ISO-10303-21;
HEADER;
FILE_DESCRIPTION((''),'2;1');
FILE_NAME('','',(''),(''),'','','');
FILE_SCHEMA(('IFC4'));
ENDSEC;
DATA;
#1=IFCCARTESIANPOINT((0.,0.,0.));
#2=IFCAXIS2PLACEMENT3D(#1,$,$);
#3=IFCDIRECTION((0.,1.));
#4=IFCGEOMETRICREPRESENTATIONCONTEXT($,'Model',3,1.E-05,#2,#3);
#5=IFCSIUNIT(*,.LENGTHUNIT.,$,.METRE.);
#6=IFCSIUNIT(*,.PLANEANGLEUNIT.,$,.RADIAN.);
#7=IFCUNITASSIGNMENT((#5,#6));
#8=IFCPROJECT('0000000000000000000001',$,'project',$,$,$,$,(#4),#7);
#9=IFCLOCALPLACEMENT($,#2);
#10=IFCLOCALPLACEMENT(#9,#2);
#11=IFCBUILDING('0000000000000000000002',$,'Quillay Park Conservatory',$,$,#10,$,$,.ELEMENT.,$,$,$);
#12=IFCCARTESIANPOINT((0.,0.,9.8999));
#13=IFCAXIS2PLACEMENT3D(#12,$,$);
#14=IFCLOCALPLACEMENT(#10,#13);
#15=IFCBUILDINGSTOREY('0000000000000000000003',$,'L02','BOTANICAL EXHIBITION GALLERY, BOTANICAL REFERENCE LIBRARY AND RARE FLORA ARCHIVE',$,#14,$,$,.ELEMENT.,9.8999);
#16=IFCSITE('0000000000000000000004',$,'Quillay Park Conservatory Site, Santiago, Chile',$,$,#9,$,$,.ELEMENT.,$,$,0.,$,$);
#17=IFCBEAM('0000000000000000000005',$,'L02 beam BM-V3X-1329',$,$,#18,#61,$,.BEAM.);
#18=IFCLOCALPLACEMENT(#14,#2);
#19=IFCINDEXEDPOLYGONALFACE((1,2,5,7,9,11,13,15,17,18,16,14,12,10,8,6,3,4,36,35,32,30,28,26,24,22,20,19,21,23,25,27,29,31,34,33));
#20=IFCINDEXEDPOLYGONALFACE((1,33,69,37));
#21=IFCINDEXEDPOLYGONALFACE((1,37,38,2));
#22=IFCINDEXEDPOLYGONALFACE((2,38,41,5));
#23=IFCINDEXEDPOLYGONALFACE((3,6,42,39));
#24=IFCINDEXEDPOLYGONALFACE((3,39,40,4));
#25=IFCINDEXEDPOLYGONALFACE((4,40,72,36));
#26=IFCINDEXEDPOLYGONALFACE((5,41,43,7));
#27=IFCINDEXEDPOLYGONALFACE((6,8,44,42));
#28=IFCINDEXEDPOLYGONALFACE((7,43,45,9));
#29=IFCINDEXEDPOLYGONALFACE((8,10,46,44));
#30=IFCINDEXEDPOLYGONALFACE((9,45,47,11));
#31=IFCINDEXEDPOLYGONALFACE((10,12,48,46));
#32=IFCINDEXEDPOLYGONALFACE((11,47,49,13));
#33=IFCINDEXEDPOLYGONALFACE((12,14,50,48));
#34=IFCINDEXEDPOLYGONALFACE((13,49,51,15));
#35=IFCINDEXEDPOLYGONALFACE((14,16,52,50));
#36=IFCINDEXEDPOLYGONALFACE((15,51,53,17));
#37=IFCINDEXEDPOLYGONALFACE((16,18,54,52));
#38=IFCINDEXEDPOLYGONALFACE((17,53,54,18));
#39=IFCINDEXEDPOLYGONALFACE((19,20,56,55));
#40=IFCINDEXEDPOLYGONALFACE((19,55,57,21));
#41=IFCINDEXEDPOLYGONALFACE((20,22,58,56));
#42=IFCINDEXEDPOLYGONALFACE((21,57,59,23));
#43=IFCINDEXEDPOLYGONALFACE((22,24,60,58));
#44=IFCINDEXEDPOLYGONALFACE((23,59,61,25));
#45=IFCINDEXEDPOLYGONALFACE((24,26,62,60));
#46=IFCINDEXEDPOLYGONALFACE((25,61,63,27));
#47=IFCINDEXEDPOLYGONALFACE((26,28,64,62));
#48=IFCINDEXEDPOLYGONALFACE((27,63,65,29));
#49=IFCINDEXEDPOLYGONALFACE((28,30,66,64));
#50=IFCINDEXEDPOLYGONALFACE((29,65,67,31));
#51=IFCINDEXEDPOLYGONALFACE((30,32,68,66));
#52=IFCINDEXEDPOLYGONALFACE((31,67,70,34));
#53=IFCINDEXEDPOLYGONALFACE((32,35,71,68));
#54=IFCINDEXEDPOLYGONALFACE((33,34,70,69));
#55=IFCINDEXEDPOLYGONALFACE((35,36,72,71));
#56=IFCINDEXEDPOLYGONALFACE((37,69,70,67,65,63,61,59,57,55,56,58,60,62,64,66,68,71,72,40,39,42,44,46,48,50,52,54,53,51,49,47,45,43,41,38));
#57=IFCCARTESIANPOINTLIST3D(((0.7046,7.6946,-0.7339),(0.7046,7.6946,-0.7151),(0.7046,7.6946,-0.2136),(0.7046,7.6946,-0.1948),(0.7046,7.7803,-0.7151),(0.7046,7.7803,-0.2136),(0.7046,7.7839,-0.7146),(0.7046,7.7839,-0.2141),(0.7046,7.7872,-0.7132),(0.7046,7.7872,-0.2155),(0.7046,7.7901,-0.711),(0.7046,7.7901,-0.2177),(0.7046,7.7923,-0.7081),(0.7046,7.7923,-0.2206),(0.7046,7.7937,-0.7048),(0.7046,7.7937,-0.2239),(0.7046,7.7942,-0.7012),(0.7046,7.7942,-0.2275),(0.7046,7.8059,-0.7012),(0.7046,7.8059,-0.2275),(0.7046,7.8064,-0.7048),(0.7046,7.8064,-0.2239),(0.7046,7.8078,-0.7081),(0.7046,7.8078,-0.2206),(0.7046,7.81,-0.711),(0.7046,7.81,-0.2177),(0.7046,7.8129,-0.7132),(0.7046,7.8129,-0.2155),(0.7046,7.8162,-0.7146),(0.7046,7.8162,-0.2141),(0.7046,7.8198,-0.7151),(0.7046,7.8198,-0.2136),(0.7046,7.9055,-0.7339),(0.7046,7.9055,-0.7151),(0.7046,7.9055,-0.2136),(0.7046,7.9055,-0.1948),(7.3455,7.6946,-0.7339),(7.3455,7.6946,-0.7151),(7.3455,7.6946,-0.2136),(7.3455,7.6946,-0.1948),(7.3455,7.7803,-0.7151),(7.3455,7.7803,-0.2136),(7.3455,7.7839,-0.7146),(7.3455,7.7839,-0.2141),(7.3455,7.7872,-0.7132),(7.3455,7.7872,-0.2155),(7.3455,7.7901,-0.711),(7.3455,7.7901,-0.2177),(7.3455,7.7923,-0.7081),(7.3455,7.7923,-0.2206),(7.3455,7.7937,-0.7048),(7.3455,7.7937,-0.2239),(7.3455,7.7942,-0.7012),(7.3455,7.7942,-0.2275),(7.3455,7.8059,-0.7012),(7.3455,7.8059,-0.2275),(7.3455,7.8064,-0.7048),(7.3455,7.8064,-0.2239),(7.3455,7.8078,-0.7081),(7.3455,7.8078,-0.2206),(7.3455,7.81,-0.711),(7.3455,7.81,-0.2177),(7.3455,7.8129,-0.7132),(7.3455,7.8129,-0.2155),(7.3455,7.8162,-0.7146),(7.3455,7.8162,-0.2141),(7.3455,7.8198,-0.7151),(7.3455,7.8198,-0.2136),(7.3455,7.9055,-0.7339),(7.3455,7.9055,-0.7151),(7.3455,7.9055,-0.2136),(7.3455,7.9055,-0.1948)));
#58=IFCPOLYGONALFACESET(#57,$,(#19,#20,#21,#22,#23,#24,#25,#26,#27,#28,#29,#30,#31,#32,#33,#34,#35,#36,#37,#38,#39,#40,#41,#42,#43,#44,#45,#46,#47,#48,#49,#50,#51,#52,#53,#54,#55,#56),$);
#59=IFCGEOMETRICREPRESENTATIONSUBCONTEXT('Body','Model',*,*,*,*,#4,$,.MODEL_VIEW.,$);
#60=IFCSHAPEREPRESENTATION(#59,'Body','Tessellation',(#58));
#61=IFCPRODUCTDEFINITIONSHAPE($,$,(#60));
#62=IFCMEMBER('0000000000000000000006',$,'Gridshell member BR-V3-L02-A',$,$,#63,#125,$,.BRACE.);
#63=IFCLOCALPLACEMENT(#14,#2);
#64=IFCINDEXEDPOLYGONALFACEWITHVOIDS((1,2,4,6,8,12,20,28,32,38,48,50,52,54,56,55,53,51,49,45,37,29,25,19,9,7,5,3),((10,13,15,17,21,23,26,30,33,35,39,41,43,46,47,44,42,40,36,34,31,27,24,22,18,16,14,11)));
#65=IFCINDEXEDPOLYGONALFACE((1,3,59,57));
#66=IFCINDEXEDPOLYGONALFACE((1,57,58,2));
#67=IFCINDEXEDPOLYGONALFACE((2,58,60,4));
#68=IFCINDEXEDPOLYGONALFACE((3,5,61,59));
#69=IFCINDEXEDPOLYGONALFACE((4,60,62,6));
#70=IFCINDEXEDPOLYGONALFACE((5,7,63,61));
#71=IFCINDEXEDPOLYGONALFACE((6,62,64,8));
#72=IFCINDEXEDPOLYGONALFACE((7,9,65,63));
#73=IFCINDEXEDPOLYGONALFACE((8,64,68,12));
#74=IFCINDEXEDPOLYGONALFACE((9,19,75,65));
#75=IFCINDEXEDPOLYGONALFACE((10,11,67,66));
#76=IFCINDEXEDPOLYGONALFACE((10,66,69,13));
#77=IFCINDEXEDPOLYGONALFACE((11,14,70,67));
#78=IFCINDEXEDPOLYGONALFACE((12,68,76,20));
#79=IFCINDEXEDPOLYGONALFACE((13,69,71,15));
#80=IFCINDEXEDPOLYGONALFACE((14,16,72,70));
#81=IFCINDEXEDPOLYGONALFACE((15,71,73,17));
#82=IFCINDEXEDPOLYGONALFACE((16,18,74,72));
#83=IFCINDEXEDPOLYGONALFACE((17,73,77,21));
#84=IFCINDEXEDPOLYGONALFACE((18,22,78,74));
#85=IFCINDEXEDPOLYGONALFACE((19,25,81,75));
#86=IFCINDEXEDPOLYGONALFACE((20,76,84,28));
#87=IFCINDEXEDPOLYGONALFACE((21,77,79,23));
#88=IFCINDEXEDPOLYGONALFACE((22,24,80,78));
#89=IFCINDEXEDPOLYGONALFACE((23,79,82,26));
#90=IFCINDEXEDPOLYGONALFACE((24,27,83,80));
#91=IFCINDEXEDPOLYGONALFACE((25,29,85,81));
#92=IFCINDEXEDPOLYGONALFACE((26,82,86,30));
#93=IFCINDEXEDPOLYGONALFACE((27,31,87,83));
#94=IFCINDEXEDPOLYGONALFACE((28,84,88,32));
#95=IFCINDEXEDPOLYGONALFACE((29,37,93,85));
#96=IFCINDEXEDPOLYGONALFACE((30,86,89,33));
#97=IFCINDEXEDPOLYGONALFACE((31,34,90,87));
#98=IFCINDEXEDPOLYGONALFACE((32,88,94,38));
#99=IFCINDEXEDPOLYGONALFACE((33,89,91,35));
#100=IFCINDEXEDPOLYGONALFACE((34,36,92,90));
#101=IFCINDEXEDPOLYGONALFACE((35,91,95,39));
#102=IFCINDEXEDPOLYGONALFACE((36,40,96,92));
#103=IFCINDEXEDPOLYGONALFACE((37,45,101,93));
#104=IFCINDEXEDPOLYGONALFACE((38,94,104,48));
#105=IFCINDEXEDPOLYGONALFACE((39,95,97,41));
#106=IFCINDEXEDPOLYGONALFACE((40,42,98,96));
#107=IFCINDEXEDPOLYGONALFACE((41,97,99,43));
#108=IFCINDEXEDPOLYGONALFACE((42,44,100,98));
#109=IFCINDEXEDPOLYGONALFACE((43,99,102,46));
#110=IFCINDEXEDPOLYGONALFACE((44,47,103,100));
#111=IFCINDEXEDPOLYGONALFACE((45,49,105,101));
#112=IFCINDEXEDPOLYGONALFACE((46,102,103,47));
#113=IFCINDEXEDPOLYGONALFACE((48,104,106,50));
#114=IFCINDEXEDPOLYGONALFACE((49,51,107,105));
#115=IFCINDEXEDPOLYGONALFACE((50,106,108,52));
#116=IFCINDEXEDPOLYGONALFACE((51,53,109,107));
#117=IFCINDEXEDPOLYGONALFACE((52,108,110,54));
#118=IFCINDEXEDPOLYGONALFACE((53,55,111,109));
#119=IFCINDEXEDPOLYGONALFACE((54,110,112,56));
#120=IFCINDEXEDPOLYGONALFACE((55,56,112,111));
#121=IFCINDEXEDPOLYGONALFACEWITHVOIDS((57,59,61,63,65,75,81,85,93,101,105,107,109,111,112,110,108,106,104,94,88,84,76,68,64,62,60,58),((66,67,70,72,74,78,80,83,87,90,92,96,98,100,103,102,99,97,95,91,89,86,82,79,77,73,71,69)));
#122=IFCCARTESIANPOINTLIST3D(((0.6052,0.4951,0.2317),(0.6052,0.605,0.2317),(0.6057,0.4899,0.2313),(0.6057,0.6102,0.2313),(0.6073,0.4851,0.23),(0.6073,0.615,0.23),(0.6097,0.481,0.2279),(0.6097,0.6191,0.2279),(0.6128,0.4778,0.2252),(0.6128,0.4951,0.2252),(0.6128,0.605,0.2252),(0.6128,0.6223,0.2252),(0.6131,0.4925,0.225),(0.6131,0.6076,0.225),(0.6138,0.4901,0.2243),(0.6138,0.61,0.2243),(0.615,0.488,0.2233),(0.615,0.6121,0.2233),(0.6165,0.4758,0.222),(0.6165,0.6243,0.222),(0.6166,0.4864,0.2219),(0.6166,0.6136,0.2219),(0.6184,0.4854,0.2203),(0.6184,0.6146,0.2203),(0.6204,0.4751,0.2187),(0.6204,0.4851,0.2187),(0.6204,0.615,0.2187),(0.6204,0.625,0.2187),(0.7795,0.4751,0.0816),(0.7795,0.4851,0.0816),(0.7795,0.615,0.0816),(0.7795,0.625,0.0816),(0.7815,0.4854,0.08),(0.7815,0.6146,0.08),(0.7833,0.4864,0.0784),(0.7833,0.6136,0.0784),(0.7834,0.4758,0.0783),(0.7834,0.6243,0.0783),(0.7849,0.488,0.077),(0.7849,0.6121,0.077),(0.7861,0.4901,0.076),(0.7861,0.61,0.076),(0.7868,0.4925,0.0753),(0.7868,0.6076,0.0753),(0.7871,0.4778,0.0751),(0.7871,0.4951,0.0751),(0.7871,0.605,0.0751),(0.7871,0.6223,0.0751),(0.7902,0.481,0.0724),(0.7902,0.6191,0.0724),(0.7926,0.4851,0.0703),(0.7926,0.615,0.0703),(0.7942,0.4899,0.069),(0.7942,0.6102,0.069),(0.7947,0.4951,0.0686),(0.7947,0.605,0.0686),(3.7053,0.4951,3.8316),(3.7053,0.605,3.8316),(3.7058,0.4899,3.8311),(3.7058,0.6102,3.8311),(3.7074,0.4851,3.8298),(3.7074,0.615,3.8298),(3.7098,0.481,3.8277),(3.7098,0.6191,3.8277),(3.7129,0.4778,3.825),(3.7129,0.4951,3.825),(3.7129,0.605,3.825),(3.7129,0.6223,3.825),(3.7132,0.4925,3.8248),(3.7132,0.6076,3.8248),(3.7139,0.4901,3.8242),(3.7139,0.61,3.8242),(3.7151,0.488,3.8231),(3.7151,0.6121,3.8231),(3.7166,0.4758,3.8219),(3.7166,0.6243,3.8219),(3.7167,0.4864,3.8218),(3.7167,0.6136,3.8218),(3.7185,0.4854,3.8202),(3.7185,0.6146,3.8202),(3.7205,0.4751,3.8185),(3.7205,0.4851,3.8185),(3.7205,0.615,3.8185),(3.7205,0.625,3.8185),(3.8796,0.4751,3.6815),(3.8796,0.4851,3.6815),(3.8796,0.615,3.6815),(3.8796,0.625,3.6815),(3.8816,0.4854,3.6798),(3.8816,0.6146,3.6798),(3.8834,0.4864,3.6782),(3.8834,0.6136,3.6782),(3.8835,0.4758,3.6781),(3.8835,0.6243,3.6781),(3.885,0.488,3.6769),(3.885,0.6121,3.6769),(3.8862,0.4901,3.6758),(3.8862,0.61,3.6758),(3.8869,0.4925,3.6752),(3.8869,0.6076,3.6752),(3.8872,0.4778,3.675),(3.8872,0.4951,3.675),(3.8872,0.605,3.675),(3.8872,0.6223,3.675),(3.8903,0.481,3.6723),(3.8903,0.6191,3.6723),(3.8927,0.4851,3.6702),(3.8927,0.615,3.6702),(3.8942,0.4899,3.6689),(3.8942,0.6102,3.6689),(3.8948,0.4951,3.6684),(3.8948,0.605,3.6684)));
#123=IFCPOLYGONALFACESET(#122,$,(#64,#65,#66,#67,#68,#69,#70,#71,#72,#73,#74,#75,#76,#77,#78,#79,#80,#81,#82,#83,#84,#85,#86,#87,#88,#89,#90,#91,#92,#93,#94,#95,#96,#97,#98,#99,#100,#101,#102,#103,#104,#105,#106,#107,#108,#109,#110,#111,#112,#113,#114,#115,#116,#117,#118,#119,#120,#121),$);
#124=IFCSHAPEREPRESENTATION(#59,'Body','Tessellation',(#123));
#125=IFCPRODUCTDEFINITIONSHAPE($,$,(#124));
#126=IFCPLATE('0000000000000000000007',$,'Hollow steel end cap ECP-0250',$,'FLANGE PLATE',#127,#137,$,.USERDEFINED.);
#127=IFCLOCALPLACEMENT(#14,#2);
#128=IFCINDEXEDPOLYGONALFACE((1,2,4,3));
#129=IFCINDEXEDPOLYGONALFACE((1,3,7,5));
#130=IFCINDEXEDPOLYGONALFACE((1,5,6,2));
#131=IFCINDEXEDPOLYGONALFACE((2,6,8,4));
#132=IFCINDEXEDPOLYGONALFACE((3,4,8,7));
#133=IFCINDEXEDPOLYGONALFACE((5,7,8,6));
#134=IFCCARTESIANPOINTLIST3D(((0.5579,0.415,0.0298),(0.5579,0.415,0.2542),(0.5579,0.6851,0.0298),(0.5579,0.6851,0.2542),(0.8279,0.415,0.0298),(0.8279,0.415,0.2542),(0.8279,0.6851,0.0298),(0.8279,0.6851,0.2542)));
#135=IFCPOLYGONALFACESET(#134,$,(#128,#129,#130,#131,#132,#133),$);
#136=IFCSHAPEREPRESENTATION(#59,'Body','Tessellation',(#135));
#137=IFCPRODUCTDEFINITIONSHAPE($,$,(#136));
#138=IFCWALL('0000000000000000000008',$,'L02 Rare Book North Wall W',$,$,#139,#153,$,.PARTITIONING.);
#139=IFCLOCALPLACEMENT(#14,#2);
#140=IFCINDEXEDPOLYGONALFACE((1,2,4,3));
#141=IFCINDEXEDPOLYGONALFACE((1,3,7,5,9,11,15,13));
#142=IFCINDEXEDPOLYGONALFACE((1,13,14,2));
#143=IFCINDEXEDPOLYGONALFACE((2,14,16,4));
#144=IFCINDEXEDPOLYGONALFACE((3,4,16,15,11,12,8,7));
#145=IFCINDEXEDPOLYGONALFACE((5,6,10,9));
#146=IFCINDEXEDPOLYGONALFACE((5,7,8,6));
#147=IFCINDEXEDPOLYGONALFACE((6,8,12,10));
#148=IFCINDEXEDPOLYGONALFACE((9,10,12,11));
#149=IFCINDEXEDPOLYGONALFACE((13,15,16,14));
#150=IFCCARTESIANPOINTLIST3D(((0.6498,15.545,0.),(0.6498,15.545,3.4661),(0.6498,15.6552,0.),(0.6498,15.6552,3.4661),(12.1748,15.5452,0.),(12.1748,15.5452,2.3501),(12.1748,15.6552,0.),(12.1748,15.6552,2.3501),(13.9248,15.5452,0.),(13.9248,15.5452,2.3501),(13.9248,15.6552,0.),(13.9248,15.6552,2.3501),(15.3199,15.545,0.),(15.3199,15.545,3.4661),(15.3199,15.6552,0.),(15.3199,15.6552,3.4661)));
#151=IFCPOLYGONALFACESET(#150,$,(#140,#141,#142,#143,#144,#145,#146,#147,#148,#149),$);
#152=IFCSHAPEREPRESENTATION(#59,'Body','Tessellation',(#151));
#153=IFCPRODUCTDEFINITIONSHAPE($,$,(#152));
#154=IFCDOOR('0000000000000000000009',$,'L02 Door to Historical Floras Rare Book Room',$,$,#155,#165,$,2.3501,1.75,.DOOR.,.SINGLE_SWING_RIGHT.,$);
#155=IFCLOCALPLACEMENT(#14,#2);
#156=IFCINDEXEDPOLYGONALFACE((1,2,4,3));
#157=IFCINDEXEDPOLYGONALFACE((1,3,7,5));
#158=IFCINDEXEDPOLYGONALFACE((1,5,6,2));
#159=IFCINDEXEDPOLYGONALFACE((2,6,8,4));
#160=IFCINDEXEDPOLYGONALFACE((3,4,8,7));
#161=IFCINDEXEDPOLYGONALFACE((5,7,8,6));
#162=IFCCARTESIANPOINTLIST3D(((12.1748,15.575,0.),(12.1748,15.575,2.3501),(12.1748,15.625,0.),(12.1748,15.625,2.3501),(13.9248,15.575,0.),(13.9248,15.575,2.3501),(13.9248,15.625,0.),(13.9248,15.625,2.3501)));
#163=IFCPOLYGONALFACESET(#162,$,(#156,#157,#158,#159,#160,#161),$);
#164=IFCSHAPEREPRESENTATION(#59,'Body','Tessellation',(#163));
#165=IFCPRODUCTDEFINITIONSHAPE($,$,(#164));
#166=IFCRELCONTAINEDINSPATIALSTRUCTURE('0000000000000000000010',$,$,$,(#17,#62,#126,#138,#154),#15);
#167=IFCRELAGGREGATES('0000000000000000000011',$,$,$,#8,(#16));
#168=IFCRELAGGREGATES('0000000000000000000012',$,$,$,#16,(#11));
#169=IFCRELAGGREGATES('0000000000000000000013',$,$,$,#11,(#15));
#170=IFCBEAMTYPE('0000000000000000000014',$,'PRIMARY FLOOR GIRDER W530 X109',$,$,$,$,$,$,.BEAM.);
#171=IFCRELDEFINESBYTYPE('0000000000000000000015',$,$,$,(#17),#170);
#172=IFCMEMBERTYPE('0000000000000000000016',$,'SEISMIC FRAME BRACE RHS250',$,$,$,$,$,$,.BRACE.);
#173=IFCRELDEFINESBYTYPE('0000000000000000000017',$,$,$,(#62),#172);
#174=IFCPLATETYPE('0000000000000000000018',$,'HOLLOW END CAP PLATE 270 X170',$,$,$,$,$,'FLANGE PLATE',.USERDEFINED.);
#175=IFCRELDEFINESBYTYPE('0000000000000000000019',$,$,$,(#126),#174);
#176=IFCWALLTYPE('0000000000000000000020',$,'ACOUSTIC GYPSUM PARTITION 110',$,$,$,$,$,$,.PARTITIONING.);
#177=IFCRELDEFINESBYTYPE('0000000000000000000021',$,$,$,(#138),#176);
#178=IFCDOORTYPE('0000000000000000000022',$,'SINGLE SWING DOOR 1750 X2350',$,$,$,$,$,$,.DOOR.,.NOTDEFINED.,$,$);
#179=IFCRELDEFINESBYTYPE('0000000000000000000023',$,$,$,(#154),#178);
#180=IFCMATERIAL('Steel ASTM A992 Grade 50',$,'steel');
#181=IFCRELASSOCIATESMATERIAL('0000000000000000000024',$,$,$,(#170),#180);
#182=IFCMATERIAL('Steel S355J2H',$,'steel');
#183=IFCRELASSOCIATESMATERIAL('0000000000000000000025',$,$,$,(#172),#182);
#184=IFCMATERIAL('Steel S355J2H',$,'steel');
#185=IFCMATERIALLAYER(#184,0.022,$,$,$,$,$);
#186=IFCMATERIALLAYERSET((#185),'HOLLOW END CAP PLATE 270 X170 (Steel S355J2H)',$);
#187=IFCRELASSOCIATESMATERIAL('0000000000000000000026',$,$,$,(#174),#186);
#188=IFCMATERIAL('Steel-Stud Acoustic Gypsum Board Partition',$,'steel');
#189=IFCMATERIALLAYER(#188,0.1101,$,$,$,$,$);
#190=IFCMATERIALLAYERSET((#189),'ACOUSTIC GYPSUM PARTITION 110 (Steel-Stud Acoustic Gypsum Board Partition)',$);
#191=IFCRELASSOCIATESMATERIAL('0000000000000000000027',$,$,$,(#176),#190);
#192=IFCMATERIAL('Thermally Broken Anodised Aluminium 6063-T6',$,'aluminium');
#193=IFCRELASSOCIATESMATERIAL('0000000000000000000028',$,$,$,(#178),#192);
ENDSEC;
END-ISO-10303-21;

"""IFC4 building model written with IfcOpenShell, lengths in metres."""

from ifc_helpers import new_model, si_unit, direction, frame, frame_2d, origin, origin_2d, place, context, subcontext, project, spatial, rectangle, hollow_rectangle, i_section, extrude, material, layer, layer_set, material_profile, profile_set, type_object, element, fill, save


model = new_model("IFC4")

# Units and contexts
model_context = context("Model", 3, precision=1e-05, world=origin(), true_north=direction((0.0, 1.0)))
body_context = subcontext(model_context, "Body", "Model", "MODEL_VIEW")
ifc_project = project(units=[si_unit("LENGTHUNIT", "METRE"), si_unit("PLANEANGLEUNIT", "RADIAN")], contexts=[model_context])

# Site, building, storey
site_placement = place(None, origin())
site = spatial("IfcSite", under=ifc_project, at=site_placement, Name="Quillay Park Conservatory Site, Santiago, Chile", CompositionType="ELEMENT", RefElevation=0.0)
building_placement = place(site_placement, origin())
building = spatial("IfcBuilding", under=site, at=building_placement, Name="Quillay Park Conservatory", CompositionType="ELEMENT")
storey_placement = place(building_placement, frame((0.0, 0.0, 9.8999)))
storey = spatial("IfcBuildingStorey", under=building, at=storey_placement, Name="L02", Description="BOTANICAL EXHIBITION GALLERY, BOTANICAL REFERENCE LIBRARY AND RARE FLORA ARCHIVE", CompositionType="ELEMENT", Elevation=9.8999)

# Beam
ifc_material_1 = material(Name="Steel ASTM A992 Grade 50", Category="steel")
ifc_material_profile_1 = material_profile(ifc_material_1, i_section(OverallWidth=0.2109, OverallDepth=0.5391, WebThickness=0.0117, FlangeThickness=0.0188, FilletRadius=0.0139, at=origin_2d()), Name="W530x109")
ifc_profile_set_1 = profile_set([ifc_material_profile_1], Name="Steel ASTM A992 Grade 50")
beam_type_1 = type_object("IfcBeamType", Name="PRIMARY FLOOR GIRDER W530 X109", PredefinedType="BEAM", material=ifc_profile_set_1)
for number, where, z_axis, x_axis, name in (
    (1, (0.7046, 7.8, -0.4644), (1.0, 0.0, 0.0), (0.0, 1.0, 0.0), "L02 beam BM-V3X-1329"),
):
    element("IfcBeam", number, at=place(storey_placement, frame(where, z_axis=z_axis, x_axis=x_axis)), inside=storey, type_object=beam_type_1, Name=name, PredefinedType="BEAM", context=body_context, shape_type="SweptSolid", body=[
        extrude(i_section(OverallWidth=0.2109, OverallDepth=0.5391, WebThickness=0.0117, FlangeThickness=0.0188, FilletRadius=0.0139, at=origin_2d()), origin(), (0.0, 0.0, 1.0), 6.6409),
    ])

# Member
ifc_material_2 = material(Name="Steel S355J2H", Category="steel")
ifc_material_profile_2 = material_profile(ifc_material_2, hollow_rectangle(XDim=0.1499, YDim=0.25, WallThickness=0.01, InnerFilletRadius=0.01, OuterFilletRadius=0.02, at=origin_2d()), Name="RHS250x150x10")
ifc_profile_set_2 = profile_set([ifc_material_profile_2], Name="Steel S355J2H")
member_type = type_object("IfcMemberType", Name="SEISMIC FRAME BRACE RHS250", PredefinedType="BRACE", material=ifc_profile_set_2)
member_placement = place(storey_placement, frame((0.7, 0.55, 0.1501), z_axis=(0.65255, 0.0, 0.757746), x_axis=(0.0, 1.0, 0.0)))
element("IfcMember", 2, at=member_placement, inside=storey, type_object=member_type, Name="Gridshell member BR-V3-L02-A", PredefinedType="BRACE", context=body_context, shape_type="SweptSolid", body=[
    extrude(hollow_rectangle(XDim=0.1499, YDim=0.25, WallThickness=0.01, InnerFilletRadius=0.01, OuterFilletRadius=0.02, at=origin_2d()), origin(), (0.0, 0.0, 1.0), 4.7507),
])

# Plate
ifc_material_3 = material(Name="Steel S355J2H", Category="steel")
ifc_layer_1 = layer(ifc_material_3, 0.022)
ifc_layer_set_1 = layer_set([ifc_layer_1], Name="HOLLOW END CAP PLATE 270 X170 (Steel S355J2H)")
plate_type = type_object("IfcPlateType", Name="HOLLOW END CAP PLATE 270 X170", ElementType="FLANGE PLATE", PredefinedType="USERDEFINED", material=ifc_layer_set_1)
plate_placement = place(storey_placement, frame((0.6929, 0.55, 0.0298), z_axis=(0.0, 0.0, 1.0), x_axis=(1.0, 0.0, 0.0)))
element("IfcPlate", 3, at=plate_placement, inside=storey, type_object=plate_type, Name="Hollow steel end cap ECP-0250", ObjectType="FLANGE PLATE", PredefinedType="USERDEFINED", context=body_context, shape_type="SweptSolid", body=[
    extrude(rectangle(XDim=0.27, YDim=0.27, at=origin_2d()), origin(), (0.0, 0.0, 1.0), 0.2244),
])

# Wall, opening, door
ifc_material_4 = material(Name="Steel-Stud Acoustic Gypsum Board Partition", Category="steel")
ifc_layer_2 = layer(ifc_material_4, 0.1101)
ifc_layer_set_2 = layer_set([ifc_layer_2], Name="ACOUSTIC GYPSUM PARTITION 110 (Steel-Stud Acoustic Gypsum Board Partition)")
wall_type_1 = type_object("IfcWallType", Name="ACOUSTIC GYPSUM PARTITION 110", PredefinedType="PARTITIONING", material=ifc_layer_set_2)
wall_1_placement = place(storey_placement, frame((0.6499, 15.6001, 0.0), z_axis=(0.0, 0.0, 1.0), x_axis=(1.0, 0.0, 0.0)))
wall_1 = element("IfcWall", 4, at=wall_1_placement, inside=storey, type_object=wall_type_1, Name="L02 Rare Book North Wall W", PredefinedType="PARTITIONING", context=body_context, shape_type="SweptSolid", body=[
    extrude(rectangle(XDim=14.6702, YDim=0.1101, at=frame_2d((7.335, 0.0))), origin(), (0.0, 0.0, 1.0), 3.4661),
])
opening_1_placement = place(wall_1_placement, frame((11.5249, 0.0, 0.0)))
opening_1 = element("IfcOpeningElement", 5, at=opening_1_placement, cuts=wall_1, PredefinedType="OPENING", context=body_context, shape_type="SweptSolid", body=[
    extrude(rectangle(XDim=1.75, YDim=2.3501, at=frame_2d((0.875, 1.175))), frame((0.0, 0.0552, 0.0), z_axis=(0.0, -1.0, 0.0), x_axis=(1.0, 0.0, 0.0)), (0.0, 0.0, 1.0), 0.1101),
])
ifc_material_5 = material(Name="Thermally Broken Anodised Aluminium 6063-T6", Category="aluminium")
door_type = type_object("IfcDoorType", Name="SINGLE SWING DOOR 1750 X2350", OperationType="NOTDEFINED", PredefinedType="DOOR", material=ifc_material_5)
door_placement = place(opening_1_placement, origin())
door = element("IfcDoor", 6, at=door_placement, inside=storey, type_object=door_type, Name="L02 Door to Historical Floras Rare Book Room", OperationType="SINGLE_SWING_RIGHT", OverallHeight=2.3501, OverallWidth=1.75, PredefinedType="DOOR", context=body_context, shape_type="SweptSolid", body=[
    extrude(rectangle(XDim=1.75, YDim=2.3501, at=frame_2d((0.875, 1.175))), frame((0.0, 0.0249, 0.0), z_axis=(0.0, -1.0, 0.0), x_axis=(1.0, 0.0, 0.0)), (0.0, 0.0, 1.0), 0.05),
])
fill(opening_1, door)

save(model, "model.ifc")
